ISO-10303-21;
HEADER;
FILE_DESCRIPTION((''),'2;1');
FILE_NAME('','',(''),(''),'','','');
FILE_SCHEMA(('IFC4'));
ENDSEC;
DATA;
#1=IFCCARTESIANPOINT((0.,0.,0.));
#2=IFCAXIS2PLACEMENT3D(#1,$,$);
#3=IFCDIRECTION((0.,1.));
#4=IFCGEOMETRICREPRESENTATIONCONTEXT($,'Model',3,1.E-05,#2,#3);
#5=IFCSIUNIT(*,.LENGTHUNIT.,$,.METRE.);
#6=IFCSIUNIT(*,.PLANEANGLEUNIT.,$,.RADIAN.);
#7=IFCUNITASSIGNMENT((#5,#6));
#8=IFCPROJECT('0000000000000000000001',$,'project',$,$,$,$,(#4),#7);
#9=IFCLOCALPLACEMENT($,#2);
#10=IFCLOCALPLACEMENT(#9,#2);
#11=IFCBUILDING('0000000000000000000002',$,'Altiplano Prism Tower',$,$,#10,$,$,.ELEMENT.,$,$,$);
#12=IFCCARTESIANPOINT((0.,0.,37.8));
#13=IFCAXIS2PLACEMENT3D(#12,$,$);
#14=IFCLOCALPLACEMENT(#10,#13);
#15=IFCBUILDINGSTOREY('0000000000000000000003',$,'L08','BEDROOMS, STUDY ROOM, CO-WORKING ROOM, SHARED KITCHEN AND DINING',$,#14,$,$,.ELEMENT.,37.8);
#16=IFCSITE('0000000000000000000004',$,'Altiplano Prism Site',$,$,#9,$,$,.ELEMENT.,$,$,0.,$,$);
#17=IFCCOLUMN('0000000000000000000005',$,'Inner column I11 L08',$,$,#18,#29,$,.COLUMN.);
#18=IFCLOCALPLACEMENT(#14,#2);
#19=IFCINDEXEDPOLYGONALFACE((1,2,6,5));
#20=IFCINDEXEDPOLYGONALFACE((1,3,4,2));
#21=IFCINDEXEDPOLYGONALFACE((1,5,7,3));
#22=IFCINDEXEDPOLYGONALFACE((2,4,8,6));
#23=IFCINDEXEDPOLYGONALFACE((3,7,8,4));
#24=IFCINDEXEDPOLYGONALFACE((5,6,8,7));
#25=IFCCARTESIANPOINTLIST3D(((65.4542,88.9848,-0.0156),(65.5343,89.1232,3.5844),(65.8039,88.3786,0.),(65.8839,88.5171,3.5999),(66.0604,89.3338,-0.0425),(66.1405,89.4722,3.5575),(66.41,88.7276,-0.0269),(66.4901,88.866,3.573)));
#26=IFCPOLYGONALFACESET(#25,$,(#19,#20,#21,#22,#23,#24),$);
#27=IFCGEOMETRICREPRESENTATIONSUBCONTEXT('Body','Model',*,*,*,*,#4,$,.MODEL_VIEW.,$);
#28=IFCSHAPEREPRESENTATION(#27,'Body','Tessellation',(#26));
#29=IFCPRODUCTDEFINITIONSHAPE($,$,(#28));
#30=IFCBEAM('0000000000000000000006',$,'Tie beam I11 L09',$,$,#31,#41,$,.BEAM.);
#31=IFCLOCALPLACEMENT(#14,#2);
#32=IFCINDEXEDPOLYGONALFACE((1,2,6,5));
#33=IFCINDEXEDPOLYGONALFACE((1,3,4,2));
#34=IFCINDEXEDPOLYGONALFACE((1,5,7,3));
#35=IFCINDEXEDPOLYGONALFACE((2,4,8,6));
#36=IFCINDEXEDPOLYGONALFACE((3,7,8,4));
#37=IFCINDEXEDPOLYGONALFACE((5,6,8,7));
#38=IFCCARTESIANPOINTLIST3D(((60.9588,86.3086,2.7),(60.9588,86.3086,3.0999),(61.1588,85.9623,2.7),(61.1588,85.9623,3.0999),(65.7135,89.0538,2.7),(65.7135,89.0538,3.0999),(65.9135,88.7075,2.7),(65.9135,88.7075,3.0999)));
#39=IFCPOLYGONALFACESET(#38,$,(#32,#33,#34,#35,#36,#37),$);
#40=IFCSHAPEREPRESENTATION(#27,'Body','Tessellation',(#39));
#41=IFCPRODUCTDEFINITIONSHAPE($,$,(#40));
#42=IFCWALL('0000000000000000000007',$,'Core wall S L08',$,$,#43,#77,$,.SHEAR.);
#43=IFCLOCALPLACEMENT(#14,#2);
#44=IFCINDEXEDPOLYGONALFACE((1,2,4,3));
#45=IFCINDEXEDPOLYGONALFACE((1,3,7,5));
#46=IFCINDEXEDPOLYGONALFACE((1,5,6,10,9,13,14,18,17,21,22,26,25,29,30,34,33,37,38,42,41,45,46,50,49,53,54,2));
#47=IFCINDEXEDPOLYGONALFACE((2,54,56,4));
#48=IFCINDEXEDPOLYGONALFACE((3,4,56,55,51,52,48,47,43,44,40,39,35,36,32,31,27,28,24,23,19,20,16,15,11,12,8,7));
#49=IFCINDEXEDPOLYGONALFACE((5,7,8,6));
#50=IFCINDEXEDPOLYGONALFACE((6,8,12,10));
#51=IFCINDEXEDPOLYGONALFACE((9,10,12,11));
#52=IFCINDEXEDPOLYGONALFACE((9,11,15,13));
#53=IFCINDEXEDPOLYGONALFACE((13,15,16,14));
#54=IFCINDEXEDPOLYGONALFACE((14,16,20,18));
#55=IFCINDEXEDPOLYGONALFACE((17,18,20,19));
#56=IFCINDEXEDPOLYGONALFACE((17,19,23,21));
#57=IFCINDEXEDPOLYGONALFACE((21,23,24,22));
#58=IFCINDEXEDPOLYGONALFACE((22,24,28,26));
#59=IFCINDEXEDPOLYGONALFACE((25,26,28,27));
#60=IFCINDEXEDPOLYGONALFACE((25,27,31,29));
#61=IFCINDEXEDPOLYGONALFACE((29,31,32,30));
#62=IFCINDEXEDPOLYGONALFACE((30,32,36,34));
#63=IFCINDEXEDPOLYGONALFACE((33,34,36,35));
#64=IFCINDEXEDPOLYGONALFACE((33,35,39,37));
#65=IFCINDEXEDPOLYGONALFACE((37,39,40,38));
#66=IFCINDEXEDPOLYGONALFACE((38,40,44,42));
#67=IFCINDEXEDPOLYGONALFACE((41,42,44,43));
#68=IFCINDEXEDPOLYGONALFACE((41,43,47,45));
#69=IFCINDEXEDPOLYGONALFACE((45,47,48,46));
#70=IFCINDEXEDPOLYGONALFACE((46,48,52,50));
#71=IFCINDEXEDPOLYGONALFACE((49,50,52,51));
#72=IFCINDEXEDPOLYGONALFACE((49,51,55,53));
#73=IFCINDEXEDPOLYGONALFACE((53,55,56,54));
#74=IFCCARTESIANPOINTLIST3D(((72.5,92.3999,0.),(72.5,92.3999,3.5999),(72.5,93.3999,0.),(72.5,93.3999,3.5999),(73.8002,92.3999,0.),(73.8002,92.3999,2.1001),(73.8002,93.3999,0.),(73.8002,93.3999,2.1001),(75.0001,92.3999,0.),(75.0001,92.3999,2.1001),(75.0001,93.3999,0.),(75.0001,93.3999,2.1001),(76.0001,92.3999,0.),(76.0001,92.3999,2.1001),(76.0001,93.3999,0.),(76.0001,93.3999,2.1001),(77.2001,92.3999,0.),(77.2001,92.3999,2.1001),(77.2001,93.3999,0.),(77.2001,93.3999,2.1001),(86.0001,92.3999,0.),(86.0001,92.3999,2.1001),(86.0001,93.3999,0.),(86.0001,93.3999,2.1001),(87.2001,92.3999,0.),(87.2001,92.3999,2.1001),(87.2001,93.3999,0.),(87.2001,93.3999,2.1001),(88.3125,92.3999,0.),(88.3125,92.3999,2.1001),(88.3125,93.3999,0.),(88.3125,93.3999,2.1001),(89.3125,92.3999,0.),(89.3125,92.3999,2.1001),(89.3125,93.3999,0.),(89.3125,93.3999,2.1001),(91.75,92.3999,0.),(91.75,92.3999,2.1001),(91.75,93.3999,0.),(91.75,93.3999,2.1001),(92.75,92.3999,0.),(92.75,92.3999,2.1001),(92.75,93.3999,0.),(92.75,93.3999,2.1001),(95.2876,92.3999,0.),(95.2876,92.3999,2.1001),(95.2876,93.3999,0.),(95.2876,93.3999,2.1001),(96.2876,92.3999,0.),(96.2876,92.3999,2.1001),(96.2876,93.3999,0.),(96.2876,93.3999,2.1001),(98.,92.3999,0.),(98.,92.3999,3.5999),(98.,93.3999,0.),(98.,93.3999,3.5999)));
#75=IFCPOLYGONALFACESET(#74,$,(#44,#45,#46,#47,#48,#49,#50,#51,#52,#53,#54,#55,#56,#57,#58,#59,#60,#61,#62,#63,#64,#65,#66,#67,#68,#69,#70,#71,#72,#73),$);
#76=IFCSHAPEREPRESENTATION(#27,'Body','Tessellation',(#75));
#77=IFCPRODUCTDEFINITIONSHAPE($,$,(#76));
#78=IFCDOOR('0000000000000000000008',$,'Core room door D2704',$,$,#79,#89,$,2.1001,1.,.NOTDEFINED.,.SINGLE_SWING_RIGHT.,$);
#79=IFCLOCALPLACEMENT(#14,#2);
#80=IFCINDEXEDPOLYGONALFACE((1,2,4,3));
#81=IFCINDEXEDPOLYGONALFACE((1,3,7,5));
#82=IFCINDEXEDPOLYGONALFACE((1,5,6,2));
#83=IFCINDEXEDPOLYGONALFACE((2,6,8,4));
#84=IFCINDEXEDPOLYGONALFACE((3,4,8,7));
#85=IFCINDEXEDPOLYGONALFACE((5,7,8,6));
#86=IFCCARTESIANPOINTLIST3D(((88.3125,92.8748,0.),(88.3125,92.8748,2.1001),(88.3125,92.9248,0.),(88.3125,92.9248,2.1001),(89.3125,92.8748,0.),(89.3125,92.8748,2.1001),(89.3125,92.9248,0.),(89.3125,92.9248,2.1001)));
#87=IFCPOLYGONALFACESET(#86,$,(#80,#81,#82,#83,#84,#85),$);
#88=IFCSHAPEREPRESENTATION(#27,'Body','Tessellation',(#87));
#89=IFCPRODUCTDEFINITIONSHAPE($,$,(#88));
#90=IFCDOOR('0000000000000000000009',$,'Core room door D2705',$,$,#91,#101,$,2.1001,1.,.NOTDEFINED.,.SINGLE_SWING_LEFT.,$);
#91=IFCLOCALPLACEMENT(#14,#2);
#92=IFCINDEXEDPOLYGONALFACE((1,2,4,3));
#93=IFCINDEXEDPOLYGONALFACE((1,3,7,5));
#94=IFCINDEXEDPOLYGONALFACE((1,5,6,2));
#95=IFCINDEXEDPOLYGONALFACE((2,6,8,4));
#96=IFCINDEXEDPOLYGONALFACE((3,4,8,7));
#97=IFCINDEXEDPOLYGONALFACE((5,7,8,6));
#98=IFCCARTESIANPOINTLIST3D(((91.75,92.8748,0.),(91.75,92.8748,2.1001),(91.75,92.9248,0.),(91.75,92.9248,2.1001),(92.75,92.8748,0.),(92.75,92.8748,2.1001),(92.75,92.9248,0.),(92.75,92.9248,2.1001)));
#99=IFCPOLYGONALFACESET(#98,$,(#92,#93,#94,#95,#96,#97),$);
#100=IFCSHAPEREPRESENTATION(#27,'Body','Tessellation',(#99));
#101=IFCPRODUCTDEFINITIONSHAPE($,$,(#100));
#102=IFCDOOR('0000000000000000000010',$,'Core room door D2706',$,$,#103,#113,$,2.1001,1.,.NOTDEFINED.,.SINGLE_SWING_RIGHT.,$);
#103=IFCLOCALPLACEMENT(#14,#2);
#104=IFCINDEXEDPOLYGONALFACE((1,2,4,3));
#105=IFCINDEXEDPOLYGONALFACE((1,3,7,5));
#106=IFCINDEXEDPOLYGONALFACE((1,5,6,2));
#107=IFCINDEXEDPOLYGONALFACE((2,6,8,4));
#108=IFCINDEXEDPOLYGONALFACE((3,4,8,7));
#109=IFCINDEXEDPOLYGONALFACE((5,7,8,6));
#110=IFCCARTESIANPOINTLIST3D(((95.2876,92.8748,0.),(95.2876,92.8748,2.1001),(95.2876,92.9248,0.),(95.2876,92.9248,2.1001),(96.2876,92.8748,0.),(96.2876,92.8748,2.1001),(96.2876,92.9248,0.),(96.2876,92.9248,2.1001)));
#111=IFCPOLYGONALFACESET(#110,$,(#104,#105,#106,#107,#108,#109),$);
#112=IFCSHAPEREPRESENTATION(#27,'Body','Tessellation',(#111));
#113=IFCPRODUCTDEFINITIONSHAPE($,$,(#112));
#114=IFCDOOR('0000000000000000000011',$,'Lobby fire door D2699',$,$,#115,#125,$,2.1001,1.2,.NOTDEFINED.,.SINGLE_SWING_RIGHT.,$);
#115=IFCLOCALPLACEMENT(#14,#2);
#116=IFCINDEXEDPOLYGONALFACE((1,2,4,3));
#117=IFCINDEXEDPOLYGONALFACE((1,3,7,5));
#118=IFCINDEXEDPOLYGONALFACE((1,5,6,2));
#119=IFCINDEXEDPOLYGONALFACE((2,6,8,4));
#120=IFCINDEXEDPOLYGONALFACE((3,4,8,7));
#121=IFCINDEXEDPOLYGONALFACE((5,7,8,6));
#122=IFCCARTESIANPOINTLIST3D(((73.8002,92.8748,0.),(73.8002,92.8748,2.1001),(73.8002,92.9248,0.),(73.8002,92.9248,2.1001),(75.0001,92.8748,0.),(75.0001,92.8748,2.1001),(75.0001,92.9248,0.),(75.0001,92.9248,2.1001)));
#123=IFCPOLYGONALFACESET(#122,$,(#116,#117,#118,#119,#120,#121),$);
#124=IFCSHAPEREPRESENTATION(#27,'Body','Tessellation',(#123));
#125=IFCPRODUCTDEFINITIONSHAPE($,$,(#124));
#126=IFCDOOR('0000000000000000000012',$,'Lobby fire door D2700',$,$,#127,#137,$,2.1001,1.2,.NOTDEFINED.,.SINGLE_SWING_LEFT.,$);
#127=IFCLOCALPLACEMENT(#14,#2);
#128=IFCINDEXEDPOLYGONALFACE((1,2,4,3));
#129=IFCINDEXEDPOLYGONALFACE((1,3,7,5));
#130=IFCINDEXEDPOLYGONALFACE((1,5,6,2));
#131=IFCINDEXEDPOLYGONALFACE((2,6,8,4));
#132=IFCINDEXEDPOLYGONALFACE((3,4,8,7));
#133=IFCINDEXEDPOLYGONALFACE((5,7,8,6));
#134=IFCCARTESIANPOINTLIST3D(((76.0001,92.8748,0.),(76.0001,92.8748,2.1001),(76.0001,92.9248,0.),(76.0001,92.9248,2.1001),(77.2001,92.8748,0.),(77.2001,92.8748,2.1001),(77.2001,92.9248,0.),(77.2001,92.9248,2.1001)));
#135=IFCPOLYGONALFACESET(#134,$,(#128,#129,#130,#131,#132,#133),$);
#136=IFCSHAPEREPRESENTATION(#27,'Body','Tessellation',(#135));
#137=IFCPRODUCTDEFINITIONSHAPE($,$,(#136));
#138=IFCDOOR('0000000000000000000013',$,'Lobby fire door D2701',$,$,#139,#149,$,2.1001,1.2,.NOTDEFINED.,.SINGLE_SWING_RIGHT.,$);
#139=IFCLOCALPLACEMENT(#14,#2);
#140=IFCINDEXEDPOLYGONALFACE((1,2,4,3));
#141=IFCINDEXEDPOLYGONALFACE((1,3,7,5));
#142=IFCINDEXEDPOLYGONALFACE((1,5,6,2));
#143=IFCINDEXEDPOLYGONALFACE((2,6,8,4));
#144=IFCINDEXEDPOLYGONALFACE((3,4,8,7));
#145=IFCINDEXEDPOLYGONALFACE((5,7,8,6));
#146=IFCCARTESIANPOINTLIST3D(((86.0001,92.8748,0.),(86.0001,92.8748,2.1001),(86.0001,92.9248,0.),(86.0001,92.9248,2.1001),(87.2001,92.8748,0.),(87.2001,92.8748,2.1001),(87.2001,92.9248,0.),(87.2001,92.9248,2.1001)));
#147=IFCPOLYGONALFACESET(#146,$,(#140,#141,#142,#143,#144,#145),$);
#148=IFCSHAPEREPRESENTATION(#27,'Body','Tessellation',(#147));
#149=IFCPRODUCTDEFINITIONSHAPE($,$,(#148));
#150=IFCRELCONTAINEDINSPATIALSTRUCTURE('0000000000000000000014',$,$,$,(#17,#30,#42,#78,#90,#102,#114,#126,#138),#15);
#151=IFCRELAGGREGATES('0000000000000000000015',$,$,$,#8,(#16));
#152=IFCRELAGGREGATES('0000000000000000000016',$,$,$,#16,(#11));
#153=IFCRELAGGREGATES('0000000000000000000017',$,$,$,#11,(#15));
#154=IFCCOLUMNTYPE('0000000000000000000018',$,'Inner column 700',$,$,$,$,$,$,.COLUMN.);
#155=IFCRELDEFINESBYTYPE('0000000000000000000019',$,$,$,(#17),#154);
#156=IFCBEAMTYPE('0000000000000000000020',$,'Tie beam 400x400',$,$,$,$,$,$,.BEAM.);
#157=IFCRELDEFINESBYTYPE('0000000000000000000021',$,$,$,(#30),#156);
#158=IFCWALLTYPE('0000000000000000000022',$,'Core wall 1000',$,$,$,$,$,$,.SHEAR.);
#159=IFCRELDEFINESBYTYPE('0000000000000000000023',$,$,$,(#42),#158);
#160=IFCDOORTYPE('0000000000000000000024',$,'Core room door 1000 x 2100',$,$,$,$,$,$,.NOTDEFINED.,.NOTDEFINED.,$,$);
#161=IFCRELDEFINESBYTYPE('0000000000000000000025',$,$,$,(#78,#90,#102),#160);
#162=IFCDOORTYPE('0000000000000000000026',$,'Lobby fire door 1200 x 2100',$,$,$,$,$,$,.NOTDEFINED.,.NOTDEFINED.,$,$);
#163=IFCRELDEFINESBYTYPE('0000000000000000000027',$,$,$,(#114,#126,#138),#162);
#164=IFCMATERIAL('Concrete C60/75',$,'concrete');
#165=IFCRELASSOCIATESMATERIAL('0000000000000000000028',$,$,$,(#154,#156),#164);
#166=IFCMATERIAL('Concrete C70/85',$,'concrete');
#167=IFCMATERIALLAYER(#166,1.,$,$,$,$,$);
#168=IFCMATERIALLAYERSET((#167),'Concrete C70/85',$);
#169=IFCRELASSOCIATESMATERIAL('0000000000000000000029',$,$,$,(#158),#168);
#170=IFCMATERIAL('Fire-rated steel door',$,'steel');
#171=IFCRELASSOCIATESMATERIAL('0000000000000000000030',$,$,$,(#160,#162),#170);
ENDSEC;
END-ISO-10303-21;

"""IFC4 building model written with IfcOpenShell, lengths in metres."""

from ifc_helpers import new_model, si_unit, direction, frame, frame_2d, origin, origin_2d, place, context, subcontext, project, spatial, rectangle, extrude, material, layer, layer_set, material_profile, profile_set, type_object, element, fill, save


model = new_model("IFC4")

# Units and contexts
model_context = context("Model", 3, precision=1e-05, world=origin(), true_north=direction((0.0, 1.0)))
body_context = subcontext(model_context, "Body", "Model", "MODEL_VIEW")
ifc_project = project(units=[si_unit("LENGTHUNIT", "METRE"), si_unit("PLANEANGLEUNIT", "RADIAN")], contexts=[model_context])

# Site, building, storey
site_placement = place(None, origin())
site = spatial("IfcSite", under=ifc_project, at=site_placement, Name="Altiplano Prism Site", CompositionType="ELEMENT", RefElevation=0.0)
building_placement = place(site_placement, origin())
building = spatial("IfcBuilding", under=site, at=building_placement, Name="Altiplano Prism Tower", CompositionType="ELEMENT")
storey_placement = place(building_placement, frame((0.0, 0.0, 37.8)))
storey = spatial("IfcBuildingStorey", under=building, at=storey_placement, Name="L08", Description="BEDROOMS, STUDY ROOM, CO-WORKING ROOM, SHARED KITCHEN AND DINING", CompositionType="ELEMENT", Elevation=37.8)

# Column
ifc_material_1 = material(Name="Concrete C60/75", Category="concrete")
ifc_material_profile_1 = material_profile(ifc_material_1, rectangle(XDim=0.7, YDim=0.7, at=origin_2d()), Name="Inner column 700")
ifc_profile_set_1 = profile_set([ifc_material_profile_1], Name="Concrete C60/75")
column_type = type_object("IfcColumnType", Name="Inner column 700", PredefinedType="COLUMN", material=ifc_profile_set_1)
column_placement = place(storey_placement, frame((65.9321, 88.8562, -0.0212), z_axis=(0.022223, 0.038416, 0.999015), x_axis=(-0.866021, -0.498528, 0.038435)))
element("IfcColumn", 1, at=column_placement, inside=storey, type_object=column_type, Name="Inner column I11 L08", PredefinedType="COLUMN", context=body_context, shape_type="SweptSolid", body=[
    extrude(rectangle(XDim=0.7, YDim=0.7, at=origin_2d()), origin(), (0.0, 0.0, 1.0), 3.6035),
])

# Beam
ifc_material_profile_2 = material_profile(ifc_material_1, rectangle(XDim=0.3999, YDim=0.3999, at=origin_2d()), Name="Tie beam 400x400")
ifc_profile_set_2 = profile_set([ifc_material_profile_2], Name="Concrete C60/75")
beam_type = type_object("IfcBeamType", Name="Tie beam 400x400", PredefinedType="BEAM", material=ifc_profile_set_2)
beam_placement = place(storey_placement, frame((65.8135, 88.8806, 2.8999), z_axis=(-0.866023, -0.500003, 0.0), x_axis=(0.500003, -0.866023, 0.0)))
element("IfcBeam", 2, at=beam_placement, inside=storey, type_object=beam_type, Name="Tie beam I11 L09", PredefinedType="BEAM", context=body_context, shape_type="SweptSolid", body=[
    extrude(rectangle(XDim=0.3999, YDim=0.3999, at=origin_2d()), origin(), (0.0, 0.0, 1.0), 5.4902),
])

# Wall, openings, doors
ifc_material_2 = material(Name="Concrete C70/85", Category="concrete")
ifc_layer_1 = layer(ifc_material_2, 1.0)
ifc_layer_set_1 = layer_set([ifc_layer_1], Name="Concrete C70/85")
wall_type_1 = type_object("IfcWallType", Name="Core wall 1000", PredefinedType="SHEAR", material=ifc_layer_set_1)
wall_1_placement = place(storey_placement, frame((72.5, 92.8999, 0.0), z_axis=(0.0, 0.0, 1.0), x_axis=(1.0, 0.0, 0.0)))
wall_1 = element("IfcWall", 3, at=wall_1_placement, inside=storey, type_object=wall_type_1, Name="Core wall S L08", PredefinedType="SHEAR", context=body_context, shape_type="SweptSolid", body=[
    extrude(rectangle(XDim=25.5, YDim=1.0, at=frame_2d((12.75, 0.0))), origin(), (0.0, 0.0, 1.0), 3.5999),
])
opening_1_placement = place(wall_1_placement, frame((1.3, 0.0, 0.0)))
opening_1 = element("IfcOpeningElement", 4, at=opening_1_placement, cuts=wall_1, PredefinedType="OPENING", context=body_context, shape_type="SweptSolid", body=[
    extrude(rectangle(XDim=1.2, YDim=2.1001, at=frame_2d((0.6001, 1.05))), frame((0.0, 0.5105, 0.0), z_axis=(0.0, -1.0, 0.0), x_axis=(1.0, 0.0, 0.0)), (0.0, 0.0, 1.0), 1.021),
])
opening_2_placement = place(wall_1_placement, frame((3.5, 0.0, 0.0)))
opening_2 = element("IfcOpeningElement", 5, at=opening_2_placement, cuts=wall_1, PredefinedType="OPENING", context=body_context, shape_type="SweptSolid", body=[
    extrude(rectangle(XDim=1.2, YDim=2.1001, at=frame_2d((0.6001, 1.05))), frame((0.0, 0.5105, 0.0), z_axis=(0.0, -1.0, 0.0), x_axis=(1.0, 0.0, 0.0)), (0.0, 0.0, 1.0), 1.021),
])
opening_3_placement = place(wall_1_placement, frame((13.5, 0.0, 0.0)))
opening_3 = element("IfcOpeningElement", 6, at=opening_3_placement, cuts=wall_1, PredefinedType="OPENING", context=body_context, shape_type="SweptSolid", body=[
    extrude(rectangle(XDim=1.2, YDim=2.1001, at=frame_2d((0.6001, 1.05))), frame((0.0, 0.5105, 0.0), z_axis=(0.0, -1.0, 0.0), x_axis=(1.0, 0.0, 0.0)), (0.0, 0.0, 1.0), 1.021),
])
opening_4_placement = place(wall_1_placement, frame((15.8125, 0.0, 0.0)))
opening_4 = element("IfcOpeningElement", 7, at=opening_4_placement, cuts=wall_1, PredefinedType="OPENING", context=body_context, shape_type="SweptSolid", body=[
    extrude(rectangle(XDim=1.0, YDim=2.1001, at=frame_2d((0.5, 1.05))), frame((0.0, 0.5105, 0.0), z_axis=(0.0, -1.0, 0.0), x_axis=(1.0, 0.0, 0.0)), (0.0, 0.0, 1.0), 1.021),
])
opening_5_placement = place(wall_1_placement, frame((19.25, 0.0, 0.0)))
opening_5 = element("IfcOpeningElement", 8, at=opening_5_placement, cuts=wall_1, PredefinedType="OPENING", context=body_context, shape_type="SweptSolid", body=[
    extrude(rectangle(XDim=1.0, YDim=2.1001, at=frame_2d((0.5, 1.05))), frame((0.0, 0.5105, 0.0), z_axis=(0.0, -1.0, 0.0), x_axis=(1.0, 0.0, 0.0)), (0.0, 0.0, 1.0), 1.021),
])
opening_6_placement = place(wall_1_placement, frame((22.7876, 0.0, 0.0)))
opening_6 = element("IfcOpeningElement", 9, at=opening_6_placement, cuts=wall_1, PredefinedType="OPENING", context=body_context, shape_type="SweptSolid", body=[
    extrude(rectangle(XDim=1.0, YDim=2.1001, at=frame_2d((0.5, 1.05))), frame((0.0, 0.5105, 0.0), z_axis=(0.0, -1.0, 0.0), x_axis=(1.0, 0.0, 0.0)), (0.0, 0.0, 1.0), 1.021),
])
ifc_material_3 = material(Name="Fire-rated steel door", Category="steel")
door_type_1 = type_object("IfcDoorType", Name="Core room door 1000 x 2100", OperationType="NOTDEFINED", PredefinedType="NOTDEFINED", material=ifc_material_3)
door_1_placement = place(opening_4_placement, origin())
door_1 = element("IfcDoor", 10, at=door_1_placement, inside=storey, type_object=door_type_1, Name="Core room door D2704", OperationType="SINGLE_SWING_RIGHT", OverallHeight=2.1001, OverallWidth=1.0, PredefinedType="NOTDEFINED", context=body_context, shape_type="SweptSolid", body=[
    extrude(rectangle(XDim=1.0, YDim=2.1001, at=frame_2d((0.5, 1.05))), frame((0.0, 0.0249, 0.0), z_axis=(0.0, -1.0, 0.0), x_axis=(1.0, 0.0, 0.0)), (0.0, 0.0, 1.0), 0.05),
])
fill(opening_4, door_1)
door_2_placement = place(opening_5_placement, origin())
door_2 = element("IfcDoor", 11, at=door_2_placement, inside=storey, type_object=door_type_1, Name="Core room door D2705", OperationType="SINGLE_SWING_LEFT", OverallHeight=2.1001, OverallWidth=1.0, PredefinedType="NOTDEFINED", context=body_context, shape_type="SweptSolid", body=[
    extrude(rectangle(XDim=1.0, YDim=2.1001, at=frame_2d((0.5, 1.05))), frame((0.0, 0.0249, 0.0), z_axis=(0.0, -1.0, 0.0), x_axis=(1.0, 0.0, 0.0)), (0.0, 0.0, 1.0), 0.05),
])
fill(opening_5, door_2)
door_3_placement = place(opening_6_placement, origin())
door_3 = element("IfcDoor", 12, at=door_3_placement, inside=storey, type_object=door_type_1, Name="Core room door D2706", OperationType="SINGLE_SWING_RIGHT", OverallHeight=2.1001, OverallWidth=1.0, PredefinedType="NOTDEFINED", context=body_context, shape_type="SweptSolid", body=[
    extrude(rectangle(XDim=1.0, YDim=2.1001, at=frame_2d((0.5, 1.05))), frame((0.0, 0.0249, 0.0), z_axis=(0.0, -1.0, 0.0), x_axis=(1.0, 0.0, 0.0)), (0.0, 0.0, 1.0), 0.05),
])
fill(opening_6, door_3)
door_type_2 = type_object("IfcDoorType", Name="Lobby fire door 1200 x 2100", OperationType="NOTDEFINED", PredefinedType="NOTDEFINED", material=ifc_material_3)
door_4_placement = place(opening_1_placement, origin())
door_4 = element("IfcDoor", 13, at=door_4_placement, inside=storey, type_object=door_type_2, Name="Lobby fire door D2699", OperationType="SINGLE_SWING_RIGHT", OverallHeight=2.1001, OverallWidth=1.2, PredefinedType="NOTDEFINED", context=body_context, shape_type="SweptSolid", body=[
    extrude(rectangle(XDim=1.2, YDim=2.1001, at=frame_2d((0.6001, 1.05))), frame((0.0, 0.0249, 0.0), z_axis=(0.0, -1.0, 0.0), x_axis=(1.0, 0.0, 0.0)), (0.0, 0.0, 1.0), 0.05),
])
fill(opening_1, door_4)
door_5_placement = place(opening_2_placement, origin())
door_5 = element("IfcDoor", 14, at=door_5_placement, inside=storey, type_object=door_type_2, Name="Lobby fire door D2700", OperationType="SINGLE_SWING_LEFT", OverallHeight=2.1001, OverallWidth=1.2, PredefinedType="NOTDEFINED", context=body_context, shape_type="SweptSolid", body=[
    extrude(rectangle(XDim=1.2, YDim=2.1001, at=frame_2d((0.6001, 1.05))), frame((0.0, 0.0249, 0.0), z_axis=(0.0, -1.0, 0.0), x_axis=(1.0, 0.0, 0.0)), (0.0, 0.0, 1.0), 0.05),
])
fill(opening_2, door_5)
door_6_placement = place(opening_3_placement, origin())
door_6 = element("IfcDoor", 15, at=door_6_placement, inside=storey, type_object=door_type_2, Name="Lobby fire door D2701", OperationType="SINGLE_SWING_RIGHT", OverallHeight=2.1001, OverallWidth=1.2, PredefinedType="NOTDEFINED", context=body_context, shape_type="SweptSolid", body=[
    extrude(rectangle(XDim=1.2, YDim=2.1001, at=frame_2d((0.6001, 1.05))), frame((0.0, 0.0249, 0.0), z_axis=(0.0, -1.0, 0.0), x_axis=(1.0, 0.0, 0.0)), (0.0, 0.0, 1.0), 0.05),
])
fill(opening_3, door_6)

save(model, "model.ifc")
